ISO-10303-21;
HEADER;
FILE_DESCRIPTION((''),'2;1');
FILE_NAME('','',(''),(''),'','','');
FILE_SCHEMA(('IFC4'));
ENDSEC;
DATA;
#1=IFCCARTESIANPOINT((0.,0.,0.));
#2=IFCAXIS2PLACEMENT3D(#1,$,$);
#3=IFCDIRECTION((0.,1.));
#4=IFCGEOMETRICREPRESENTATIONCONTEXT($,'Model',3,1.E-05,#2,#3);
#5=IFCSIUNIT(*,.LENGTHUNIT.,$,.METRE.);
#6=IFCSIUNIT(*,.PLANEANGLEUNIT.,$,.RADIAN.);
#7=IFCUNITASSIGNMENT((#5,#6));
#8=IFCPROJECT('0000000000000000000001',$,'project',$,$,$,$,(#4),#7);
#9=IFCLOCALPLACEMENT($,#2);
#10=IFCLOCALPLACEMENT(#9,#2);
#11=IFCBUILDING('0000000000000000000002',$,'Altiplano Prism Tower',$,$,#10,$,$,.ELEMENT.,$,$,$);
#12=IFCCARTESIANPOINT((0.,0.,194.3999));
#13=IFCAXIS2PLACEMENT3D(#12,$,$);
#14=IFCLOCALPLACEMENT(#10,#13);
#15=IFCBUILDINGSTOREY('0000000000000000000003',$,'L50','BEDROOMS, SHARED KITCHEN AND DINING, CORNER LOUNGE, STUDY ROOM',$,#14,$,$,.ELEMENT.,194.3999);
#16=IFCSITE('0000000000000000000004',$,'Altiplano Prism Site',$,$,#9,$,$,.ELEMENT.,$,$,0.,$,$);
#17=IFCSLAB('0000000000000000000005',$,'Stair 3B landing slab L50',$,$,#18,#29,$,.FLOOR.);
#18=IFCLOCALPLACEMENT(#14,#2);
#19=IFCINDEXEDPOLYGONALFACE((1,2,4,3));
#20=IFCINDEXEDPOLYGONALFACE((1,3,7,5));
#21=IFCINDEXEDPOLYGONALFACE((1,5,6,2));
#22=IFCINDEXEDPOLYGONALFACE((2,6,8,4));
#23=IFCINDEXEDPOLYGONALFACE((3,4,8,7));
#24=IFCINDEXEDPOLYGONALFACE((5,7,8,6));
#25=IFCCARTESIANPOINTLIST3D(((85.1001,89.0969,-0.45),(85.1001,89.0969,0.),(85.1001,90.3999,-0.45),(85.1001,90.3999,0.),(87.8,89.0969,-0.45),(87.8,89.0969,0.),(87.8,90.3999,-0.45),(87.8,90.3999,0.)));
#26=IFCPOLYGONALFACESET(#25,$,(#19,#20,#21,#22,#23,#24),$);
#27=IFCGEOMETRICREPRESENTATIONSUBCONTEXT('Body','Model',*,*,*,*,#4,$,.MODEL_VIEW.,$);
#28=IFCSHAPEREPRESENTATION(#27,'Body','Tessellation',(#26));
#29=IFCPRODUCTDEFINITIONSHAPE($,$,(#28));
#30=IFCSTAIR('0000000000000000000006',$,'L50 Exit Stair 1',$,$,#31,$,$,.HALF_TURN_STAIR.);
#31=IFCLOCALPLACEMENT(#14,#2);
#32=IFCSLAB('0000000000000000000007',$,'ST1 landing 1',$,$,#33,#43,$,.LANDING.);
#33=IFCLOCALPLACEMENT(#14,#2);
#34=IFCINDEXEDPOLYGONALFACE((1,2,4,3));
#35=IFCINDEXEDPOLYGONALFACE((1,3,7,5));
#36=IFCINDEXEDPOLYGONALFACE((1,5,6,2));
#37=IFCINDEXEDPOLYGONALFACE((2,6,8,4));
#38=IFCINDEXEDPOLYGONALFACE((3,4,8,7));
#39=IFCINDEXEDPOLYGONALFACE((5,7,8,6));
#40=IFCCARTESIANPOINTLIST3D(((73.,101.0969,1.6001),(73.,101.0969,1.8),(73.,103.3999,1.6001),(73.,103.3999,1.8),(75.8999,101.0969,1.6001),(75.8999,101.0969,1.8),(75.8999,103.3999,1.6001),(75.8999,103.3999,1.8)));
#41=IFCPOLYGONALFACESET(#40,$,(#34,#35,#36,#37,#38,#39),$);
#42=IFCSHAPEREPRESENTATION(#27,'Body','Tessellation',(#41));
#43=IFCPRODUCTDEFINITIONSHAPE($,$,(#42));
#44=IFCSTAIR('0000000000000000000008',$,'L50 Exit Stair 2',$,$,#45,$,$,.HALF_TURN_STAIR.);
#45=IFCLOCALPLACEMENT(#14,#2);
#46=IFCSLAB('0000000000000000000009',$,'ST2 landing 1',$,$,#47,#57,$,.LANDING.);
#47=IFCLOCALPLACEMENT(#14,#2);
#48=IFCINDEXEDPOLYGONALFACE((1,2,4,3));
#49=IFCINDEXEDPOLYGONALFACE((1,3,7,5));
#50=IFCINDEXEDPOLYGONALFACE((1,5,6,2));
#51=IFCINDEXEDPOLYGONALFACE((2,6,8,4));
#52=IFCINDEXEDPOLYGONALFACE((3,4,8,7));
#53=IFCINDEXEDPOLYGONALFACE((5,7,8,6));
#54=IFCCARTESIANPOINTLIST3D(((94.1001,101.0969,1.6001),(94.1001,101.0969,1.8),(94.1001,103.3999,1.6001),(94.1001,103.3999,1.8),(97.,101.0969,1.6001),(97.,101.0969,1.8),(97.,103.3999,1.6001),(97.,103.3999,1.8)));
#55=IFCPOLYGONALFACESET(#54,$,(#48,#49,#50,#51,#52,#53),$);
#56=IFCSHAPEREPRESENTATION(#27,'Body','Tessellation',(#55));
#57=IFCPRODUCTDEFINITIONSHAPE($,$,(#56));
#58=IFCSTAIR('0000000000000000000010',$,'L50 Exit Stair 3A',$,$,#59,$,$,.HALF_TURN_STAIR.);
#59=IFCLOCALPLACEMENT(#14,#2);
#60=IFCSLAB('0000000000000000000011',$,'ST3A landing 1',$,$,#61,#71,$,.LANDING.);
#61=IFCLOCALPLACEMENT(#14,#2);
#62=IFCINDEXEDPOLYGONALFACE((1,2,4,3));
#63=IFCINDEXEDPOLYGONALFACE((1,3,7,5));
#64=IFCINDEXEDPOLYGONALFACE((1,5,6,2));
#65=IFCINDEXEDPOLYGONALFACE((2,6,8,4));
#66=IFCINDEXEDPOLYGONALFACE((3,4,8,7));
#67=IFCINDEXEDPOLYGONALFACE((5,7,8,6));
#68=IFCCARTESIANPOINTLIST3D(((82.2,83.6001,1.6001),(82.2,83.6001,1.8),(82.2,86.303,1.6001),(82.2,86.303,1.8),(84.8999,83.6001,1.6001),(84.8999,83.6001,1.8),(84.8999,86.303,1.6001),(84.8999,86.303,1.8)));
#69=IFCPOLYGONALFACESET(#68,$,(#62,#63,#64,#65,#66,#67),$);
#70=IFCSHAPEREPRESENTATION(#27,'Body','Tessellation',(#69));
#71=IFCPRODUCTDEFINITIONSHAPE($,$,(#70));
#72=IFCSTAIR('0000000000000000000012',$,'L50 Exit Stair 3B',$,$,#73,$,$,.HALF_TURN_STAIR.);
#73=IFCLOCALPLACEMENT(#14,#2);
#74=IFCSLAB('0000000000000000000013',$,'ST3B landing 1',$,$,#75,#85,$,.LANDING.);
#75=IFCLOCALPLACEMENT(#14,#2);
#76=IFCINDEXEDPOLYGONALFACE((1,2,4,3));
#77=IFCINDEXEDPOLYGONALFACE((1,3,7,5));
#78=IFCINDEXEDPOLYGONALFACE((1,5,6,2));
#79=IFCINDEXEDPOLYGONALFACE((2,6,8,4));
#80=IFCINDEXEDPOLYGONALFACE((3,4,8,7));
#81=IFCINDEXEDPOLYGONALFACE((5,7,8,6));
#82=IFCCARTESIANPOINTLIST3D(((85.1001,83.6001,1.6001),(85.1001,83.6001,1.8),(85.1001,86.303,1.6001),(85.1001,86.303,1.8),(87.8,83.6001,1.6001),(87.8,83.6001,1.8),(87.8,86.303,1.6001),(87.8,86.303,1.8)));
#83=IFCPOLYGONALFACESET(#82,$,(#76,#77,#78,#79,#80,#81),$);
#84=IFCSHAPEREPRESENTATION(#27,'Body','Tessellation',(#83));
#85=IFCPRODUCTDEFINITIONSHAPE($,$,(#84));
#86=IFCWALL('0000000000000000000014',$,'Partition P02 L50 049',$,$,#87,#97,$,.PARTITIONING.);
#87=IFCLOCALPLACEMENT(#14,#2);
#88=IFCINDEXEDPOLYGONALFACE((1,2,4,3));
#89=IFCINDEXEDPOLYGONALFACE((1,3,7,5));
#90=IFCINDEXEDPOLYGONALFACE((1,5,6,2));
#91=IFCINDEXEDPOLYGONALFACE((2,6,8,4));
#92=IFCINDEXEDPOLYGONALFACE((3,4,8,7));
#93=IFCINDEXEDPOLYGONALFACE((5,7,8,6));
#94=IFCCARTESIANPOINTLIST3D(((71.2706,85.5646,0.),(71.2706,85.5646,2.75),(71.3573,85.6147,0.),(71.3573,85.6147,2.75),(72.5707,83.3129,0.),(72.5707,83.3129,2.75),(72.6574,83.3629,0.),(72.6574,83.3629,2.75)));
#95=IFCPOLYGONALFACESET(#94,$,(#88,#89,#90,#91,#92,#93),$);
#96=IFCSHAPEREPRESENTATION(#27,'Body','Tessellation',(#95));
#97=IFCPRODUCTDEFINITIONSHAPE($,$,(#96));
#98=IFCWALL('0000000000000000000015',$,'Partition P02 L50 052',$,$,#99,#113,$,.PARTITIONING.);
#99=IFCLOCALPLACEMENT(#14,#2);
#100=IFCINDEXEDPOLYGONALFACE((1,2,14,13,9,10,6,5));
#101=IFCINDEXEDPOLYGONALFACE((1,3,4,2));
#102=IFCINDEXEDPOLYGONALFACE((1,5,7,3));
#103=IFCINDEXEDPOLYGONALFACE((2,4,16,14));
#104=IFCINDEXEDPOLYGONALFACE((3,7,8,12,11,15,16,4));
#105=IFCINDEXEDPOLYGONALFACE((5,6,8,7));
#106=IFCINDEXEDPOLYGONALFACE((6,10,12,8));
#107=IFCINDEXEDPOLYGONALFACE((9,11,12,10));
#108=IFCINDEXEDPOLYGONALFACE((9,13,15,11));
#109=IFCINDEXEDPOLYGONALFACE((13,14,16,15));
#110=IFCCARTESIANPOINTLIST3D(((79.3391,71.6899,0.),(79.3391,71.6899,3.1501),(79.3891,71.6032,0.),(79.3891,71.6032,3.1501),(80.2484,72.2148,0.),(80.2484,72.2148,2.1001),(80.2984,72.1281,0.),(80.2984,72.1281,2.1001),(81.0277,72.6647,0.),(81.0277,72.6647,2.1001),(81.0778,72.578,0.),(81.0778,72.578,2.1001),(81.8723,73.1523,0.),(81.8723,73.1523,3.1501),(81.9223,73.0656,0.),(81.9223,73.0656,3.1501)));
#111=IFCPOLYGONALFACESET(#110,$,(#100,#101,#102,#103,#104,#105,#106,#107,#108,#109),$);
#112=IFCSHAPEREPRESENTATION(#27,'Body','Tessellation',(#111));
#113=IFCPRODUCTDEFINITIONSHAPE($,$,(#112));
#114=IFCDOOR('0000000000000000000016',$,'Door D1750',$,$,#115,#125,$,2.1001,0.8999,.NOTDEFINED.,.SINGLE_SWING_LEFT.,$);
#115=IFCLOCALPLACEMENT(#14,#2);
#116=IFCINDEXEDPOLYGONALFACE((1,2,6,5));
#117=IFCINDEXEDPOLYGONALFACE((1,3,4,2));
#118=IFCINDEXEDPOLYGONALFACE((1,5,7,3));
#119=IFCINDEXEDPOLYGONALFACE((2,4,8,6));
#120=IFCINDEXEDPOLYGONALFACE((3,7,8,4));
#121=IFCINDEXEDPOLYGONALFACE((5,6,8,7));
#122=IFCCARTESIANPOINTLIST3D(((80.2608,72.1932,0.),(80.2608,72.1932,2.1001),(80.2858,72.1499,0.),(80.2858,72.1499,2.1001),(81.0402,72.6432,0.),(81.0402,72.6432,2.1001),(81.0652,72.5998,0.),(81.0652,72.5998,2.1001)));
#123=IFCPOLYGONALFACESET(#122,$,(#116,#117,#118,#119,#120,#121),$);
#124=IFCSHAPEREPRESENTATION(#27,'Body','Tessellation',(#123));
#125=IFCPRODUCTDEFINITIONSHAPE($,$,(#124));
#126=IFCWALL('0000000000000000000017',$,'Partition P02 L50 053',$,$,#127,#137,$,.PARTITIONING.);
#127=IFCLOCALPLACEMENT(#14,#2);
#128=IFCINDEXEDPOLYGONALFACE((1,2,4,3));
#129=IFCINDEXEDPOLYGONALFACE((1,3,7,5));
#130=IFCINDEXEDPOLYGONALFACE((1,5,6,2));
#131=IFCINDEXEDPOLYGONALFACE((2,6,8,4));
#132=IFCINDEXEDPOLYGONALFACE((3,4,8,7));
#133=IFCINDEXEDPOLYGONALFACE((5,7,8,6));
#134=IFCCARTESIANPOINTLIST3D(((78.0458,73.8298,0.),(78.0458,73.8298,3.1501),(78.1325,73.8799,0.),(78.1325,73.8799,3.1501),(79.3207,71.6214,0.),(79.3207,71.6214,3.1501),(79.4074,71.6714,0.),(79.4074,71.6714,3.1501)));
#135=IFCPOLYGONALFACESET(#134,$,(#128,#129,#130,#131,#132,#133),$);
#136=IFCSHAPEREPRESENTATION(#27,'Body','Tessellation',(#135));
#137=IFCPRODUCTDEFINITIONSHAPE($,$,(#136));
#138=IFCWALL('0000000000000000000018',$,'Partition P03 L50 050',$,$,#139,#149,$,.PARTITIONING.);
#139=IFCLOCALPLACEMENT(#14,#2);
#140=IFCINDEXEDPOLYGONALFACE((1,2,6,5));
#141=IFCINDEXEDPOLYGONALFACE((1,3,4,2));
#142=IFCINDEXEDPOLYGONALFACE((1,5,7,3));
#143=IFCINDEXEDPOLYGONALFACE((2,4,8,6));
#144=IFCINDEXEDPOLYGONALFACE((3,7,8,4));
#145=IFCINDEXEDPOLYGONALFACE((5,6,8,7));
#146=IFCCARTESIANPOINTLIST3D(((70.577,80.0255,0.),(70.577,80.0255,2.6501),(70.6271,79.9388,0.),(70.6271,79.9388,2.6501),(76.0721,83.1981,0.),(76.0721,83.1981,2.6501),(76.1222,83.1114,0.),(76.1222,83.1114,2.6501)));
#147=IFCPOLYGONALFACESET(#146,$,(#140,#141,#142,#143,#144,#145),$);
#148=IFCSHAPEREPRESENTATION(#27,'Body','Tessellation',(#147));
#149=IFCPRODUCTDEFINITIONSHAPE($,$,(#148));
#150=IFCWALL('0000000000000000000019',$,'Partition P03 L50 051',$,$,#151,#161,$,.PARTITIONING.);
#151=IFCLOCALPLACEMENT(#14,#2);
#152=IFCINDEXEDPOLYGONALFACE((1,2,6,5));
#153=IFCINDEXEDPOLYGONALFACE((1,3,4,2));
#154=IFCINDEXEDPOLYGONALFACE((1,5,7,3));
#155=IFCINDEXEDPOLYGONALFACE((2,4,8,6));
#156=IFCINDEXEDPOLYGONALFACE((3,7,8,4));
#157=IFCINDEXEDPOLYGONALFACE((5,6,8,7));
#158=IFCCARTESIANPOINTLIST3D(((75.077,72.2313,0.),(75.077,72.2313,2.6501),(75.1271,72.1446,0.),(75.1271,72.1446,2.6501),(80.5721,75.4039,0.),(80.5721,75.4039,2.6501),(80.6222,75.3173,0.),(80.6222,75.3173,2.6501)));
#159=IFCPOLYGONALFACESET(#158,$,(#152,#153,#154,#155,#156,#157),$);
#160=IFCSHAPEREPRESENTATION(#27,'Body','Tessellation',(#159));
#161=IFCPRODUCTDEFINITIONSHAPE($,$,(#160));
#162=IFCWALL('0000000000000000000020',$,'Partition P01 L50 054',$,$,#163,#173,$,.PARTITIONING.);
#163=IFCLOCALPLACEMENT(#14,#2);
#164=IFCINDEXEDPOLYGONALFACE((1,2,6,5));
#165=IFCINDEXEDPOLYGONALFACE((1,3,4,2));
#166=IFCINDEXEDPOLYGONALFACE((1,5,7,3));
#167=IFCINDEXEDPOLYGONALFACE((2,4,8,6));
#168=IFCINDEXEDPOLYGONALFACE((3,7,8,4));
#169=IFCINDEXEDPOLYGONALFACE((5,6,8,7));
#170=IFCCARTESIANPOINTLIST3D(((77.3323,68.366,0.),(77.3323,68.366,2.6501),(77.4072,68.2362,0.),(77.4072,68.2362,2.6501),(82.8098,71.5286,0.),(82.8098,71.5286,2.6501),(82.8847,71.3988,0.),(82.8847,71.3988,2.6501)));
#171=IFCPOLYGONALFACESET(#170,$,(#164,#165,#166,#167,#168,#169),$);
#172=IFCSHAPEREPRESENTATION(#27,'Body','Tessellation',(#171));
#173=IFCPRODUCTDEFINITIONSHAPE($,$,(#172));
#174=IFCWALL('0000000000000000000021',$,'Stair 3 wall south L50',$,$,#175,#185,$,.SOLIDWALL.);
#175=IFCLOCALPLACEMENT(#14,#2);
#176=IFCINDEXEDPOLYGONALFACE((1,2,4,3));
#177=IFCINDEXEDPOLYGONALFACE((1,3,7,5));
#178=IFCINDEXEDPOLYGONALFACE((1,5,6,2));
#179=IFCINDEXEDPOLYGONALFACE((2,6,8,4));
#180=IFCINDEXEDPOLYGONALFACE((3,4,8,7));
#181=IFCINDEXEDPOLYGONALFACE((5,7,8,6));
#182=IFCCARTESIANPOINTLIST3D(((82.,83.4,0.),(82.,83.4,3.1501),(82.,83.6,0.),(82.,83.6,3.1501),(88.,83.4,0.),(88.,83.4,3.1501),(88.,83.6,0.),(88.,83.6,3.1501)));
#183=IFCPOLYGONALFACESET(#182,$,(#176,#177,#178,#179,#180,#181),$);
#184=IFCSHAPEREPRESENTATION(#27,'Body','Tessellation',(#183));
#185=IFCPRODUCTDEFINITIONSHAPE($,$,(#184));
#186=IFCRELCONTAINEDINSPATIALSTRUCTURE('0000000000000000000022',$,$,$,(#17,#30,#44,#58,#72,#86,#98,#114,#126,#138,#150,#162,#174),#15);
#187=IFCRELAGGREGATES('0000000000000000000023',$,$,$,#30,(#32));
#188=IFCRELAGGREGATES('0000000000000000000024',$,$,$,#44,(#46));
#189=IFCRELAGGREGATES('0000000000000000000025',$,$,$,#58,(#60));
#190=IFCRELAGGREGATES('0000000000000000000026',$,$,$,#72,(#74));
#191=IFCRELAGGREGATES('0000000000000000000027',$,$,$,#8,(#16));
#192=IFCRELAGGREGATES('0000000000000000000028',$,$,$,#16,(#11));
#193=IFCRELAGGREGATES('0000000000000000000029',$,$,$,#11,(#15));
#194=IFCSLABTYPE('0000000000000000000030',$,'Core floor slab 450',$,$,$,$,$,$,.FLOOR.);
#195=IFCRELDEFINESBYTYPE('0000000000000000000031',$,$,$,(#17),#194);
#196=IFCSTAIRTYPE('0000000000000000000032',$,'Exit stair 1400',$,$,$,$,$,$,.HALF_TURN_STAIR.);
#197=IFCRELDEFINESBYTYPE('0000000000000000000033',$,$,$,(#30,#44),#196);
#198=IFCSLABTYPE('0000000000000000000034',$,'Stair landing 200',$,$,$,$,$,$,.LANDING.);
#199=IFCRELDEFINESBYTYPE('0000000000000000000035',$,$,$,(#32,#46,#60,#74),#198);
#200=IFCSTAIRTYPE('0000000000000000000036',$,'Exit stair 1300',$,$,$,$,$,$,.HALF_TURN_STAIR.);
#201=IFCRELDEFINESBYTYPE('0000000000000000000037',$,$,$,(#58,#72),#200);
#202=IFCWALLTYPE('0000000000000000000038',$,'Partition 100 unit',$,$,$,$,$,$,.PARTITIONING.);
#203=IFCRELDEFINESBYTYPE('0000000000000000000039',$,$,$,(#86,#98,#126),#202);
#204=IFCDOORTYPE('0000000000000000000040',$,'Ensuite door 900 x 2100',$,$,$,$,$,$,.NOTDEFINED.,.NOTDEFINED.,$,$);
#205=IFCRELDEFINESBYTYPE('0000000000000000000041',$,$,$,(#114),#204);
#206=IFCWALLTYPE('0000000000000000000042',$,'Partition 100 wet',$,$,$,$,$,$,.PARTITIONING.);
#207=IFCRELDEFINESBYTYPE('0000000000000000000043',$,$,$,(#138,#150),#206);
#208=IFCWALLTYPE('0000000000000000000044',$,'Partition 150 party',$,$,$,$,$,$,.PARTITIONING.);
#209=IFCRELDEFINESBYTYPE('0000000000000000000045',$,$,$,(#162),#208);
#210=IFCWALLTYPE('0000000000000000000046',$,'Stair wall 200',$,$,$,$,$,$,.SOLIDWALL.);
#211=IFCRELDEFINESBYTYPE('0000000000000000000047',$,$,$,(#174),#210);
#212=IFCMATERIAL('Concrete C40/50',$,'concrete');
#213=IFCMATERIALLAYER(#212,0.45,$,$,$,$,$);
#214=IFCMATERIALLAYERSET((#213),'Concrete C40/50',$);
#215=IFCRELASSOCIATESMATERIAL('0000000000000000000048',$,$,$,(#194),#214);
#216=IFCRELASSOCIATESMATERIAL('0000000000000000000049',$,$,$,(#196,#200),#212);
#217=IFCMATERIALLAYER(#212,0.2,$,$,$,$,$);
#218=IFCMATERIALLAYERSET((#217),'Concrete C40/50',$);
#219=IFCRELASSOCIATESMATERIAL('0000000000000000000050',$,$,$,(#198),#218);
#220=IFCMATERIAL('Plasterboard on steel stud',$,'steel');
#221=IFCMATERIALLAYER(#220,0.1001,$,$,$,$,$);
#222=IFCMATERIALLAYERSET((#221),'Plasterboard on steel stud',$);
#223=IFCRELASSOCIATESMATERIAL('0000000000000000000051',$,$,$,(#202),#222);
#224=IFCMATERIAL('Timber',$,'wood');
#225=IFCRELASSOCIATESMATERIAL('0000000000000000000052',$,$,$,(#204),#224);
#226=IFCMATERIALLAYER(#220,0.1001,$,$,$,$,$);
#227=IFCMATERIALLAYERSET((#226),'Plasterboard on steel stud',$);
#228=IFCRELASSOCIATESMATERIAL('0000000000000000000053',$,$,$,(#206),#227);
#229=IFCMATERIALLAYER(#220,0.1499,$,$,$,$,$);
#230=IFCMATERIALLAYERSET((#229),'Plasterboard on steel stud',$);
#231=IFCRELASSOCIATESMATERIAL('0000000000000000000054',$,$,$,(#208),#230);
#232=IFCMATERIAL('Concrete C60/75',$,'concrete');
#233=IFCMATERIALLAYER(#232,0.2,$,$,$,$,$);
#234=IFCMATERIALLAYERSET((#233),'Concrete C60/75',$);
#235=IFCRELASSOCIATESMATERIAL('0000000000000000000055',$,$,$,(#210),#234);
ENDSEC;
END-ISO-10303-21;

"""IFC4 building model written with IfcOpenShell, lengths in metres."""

from ifc_helpers import new_model, si_unit, direction, frame, frame_2d, origin, place, context, subcontext, project, spatial, polyline, rectangle, outline, extrude, material, layer, layer_set, type_object, element, fill, aggregate, save


model = new_model("IFC4")

# Units and contexts
model_context = context("Model", 3, precision=1e-05, world=origin(), true_north=direction((0.0, 1.0)))
body_context = subcontext(model_context, "Body", "Model", "MODEL_VIEW")
ifc_project = project(units=[si_unit("LENGTHUNIT", "METRE"), si_unit("PLANEANGLEUNIT", "RADIAN")], contexts=[model_context])

# Site, building, storey
site_placement = place(None, origin())
site = spatial("IfcSite", under=ifc_project, at=site_placement, Name="Altiplano Prism Site", CompositionType="ELEMENT", RefElevation=0.0)
building_placement = place(site_placement, origin())
building = spatial("IfcBuilding", under=site, at=building_placement, Name="Altiplano Prism Tower", CompositionType="ELEMENT")
storey_placement = place(building_placement, frame((0.0, 0.0, 194.3999)))
storey = spatial("IfcBuildingStorey", under=building, at=storey_placement, Name="L50", Description="BEDROOMS, SHARED KITCHEN AND DINING, CORNER LOUNGE, STUDY ROOM", CompositionType="ELEMENT", Elevation=194.3999)

# Shared definitions
ifc_material_1 = material(Name="Concrete C60/75", Category="concrete")

# Slab
ifc_material_2 = material(Name="Concrete C40/50", Category="concrete")
ifc_layer_1 = layer(ifc_material_2, 0.45)
ifc_layer_set_1 = layer_set([ifc_layer_1], Name="Concrete C40/50")
slab_type_1 = type_object("IfcSlabType", Name="Core floor slab 450", PredefinedType="FLOOR", material=ifc_layer_set_1)
slab_1_placement = place(storey_placement, frame((0.0, 0.0, -0.45)))
element("IfcSlab", 1, at=slab_1_placement, inside=storey, type_object=slab_type_1, Name="Stair 3B landing slab L50", PredefinedType="FLOOR", context=body_context, shape_type="SweptSolid", body=[
    extrude(outline(polyline([(85.1001, 89.0969), (87.8, 89.0969), (87.8, 90.3999), (85.1001, 90.3999), (85.1001, 89.0969)])), origin(), (0.0, 0.0, 1.0), 0.45),
])

# Stairs, slabs
stair_type_1 = type_object("IfcStairType", Name="Exit stair 1400", PredefinedType="HALF_TURN_STAIR", material=ifc_material_2)
stair_1_placement = place(storey_placement, origin())
stair_1 = element("IfcStair", 2, at=stair_1_placement, inside=storey, type_object=stair_type_1, Name="L50 Exit Stair 1", PredefinedType="HALF_TURN_STAIR")
ifc_layer_2 = layer(ifc_material_2, 0.2)
ifc_layer_set_2 = layer_set([ifc_layer_2], Name="Concrete C40/50")
slab_type_2 = type_object("IfcSlabType", Name="Stair landing 200", PredefinedType="LANDING", material=ifc_layer_set_2)
slab_2_placement = place(storey_placement, frame((0.0, 0.0, 1.6001)))
slab_2 = element("IfcSlab", 3, at=slab_2_placement, type_object=slab_type_2, Name="ST1 landing 1", PredefinedType="LANDING", context=body_context, shape_type="SweptSolid", body=[
    extrude(outline(polyline([(75.8999, 101.0969), (75.8999, 103.3999), (73.0, 103.3999), (73.0, 101.0969), (75.8999, 101.0969)])), origin(), (0.0, 0.0, 1.0), 0.2),
])
aggregate(stair_1, [slab_2])
stair_2_placement = place(storey_placement, origin())
stair_2 = element("IfcStair", 4, at=stair_2_placement, inside=storey, type_object=stair_type_1, Name="L50 Exit Stair 2", PredefinedType="HALF_TURN_STAIR")
slab_3_placement = place(storey_placement, frame((0.0, 0.0, 1.6001)))
slab_3 = element("IfcSlab", 5, at=slab_3_placement, type_object=slab_type_2, Name="ST2 landing 1", PredefinedType="LANDING", context=body_context, shape_type="SweptSolid", body=[
    extrude(outline(polyline([(97.0, 101.0969), (97.0, 103.3999), (94.1001, 103.3999), (94.1001, 101.0969), (97.0, 101.0969)])), origin(), (0.0, 0.0, 1.0), 0.2),
])
aggregate(stair_2, [slab_3])
stair_type_2 = type_object("IfcStairType", Name="Exit stair 1300", PredefinedType="HALF_TURN_STAIR", material=ifc_material_2)
stair_3_placement = place(storey_placement, origin())
stair_3 = element("IfcStair", 6, at=stair_3_placement, inside=storey, type_object=stair_type_2, Name="L50 Exit Stair 3A", PredefinedType="HALF_TURN_STAIR")
slab_4_placement = place(storey_placement, frame((0.0, 0.0, 1.6001)))
slab_4 = element("IfcSlab", 7, at=slab_4_placement, type_object=slab_type_2, Name="ST3A landing 1", PredefinedType="LANDING", context=body_context, shape_type="SweptSolid", body=[
    extrude(outline(polyline([(82.2, 86.303), (82.2, 83.6001), (84.8999, 83.6001), (84.8999, 86.303), (82.2, 86.303)])), origin(), (0.0, 0.0, 1.0), 0.2),
])
aggregate(stair_3, [slab_4])
stair_4_placement = place(storey_placement, origin())
stair_4 = element("IfcStair", 8, at=stair_4_placement, inside=storey, type_object=stair_type_2, Name="L50 Exit Stair 3B", PredefinedType="HALF_TURN_STAIR")
slab_5_placement = place(storey_placement, frame((0.0, 0.0, 1.6001)))
slab_5 = element("IfcSlab", 9, at=slab_5_placement, type_object=slab_type_2, Name="ST3B landing 1", PredefinedType="LANDING", context=body_context, shape_type="SweptSolid", body=[
    extrude(outline(polyline([(85.1001, 86.303), (85.1001, 83.6001), (87.8, 83.6001), (87.8, 86.303), (85.1001, 86.303)])), origin(), (0.0, 0.0, 1.0), 0.2),
])
aggregate(stair_4, [slab_5])

# Wall
ifc_material_3 = material(Name="Plasterboard on steel stud", Category="steel")
ifc_layer_3 = layer(ifc_material_3, 0.1001)
ifc_layer_set_3 = layer_set([ifc_layer_3], Name="Plasterboard on steel stud")
wall_type_1 = type_object("IfcWallType", Name="Partition 100 unit", PredefinedType="PARTITIONING", material=ifc_layer_set_3)
wall_1_placement = place(storey_placement, frame((72.614, 83.3379, 0.0), z_axis=(0.0, 0.0, 1.0), x_axis=(-0.500007, 0.866021, 0.0)))
element("IfcWall", 10, at=wall_1_placement, inside=storey, type_object=wall_type_1, Name="Partition P02 L50 049", PredefinedType="PARTITIONING", context=body_context, shape_type="SweptSolid", body=[
    extrude(rectangle(XDim=2.6001, YDim=0.1001, at=frame_2d((1.3, 0.0))), origin(), (0.0, 0.0, 1.0), 2.75),
])

# Wall, opening, door
wall_2_placement = place(storey_placement, frame((81.8972, 73.1089, 0.0), z_axis=(0.0, 0.0, 1.0), x_axis=(-0.866047, -0.499963, 0.0)))
wall_2 = element("IfcWall", 11, at=wall_2_placement, inside=storey, type_object=wall_type_1, Name="Partition P02 L50 052", PredefinedType="PARTITIONING", context=body_context, shape_type="SweptSolid", body=[
    extrude(rectangle(XDim=2.925, YDim=0.1001, at=frame_2d((1.4624, 0.0))), origin(), (0.0, 0.0, 1.0), 3.1501),
])
opening_placement = place(wall_2_placement, frame((0.9751, 0.0, 0.0)))
opening = element("IfcOpeningElement", 12, at=opening_placement, cuts=wall_2, PredefinedType="OPENING", context=body_context, shape_type="SweptSolid", body=[
    extrude(rectangle(XDim=0.8999, YDim=2.1001, at=frame_2d((0.45, 1.05))), frame((0.0, 0.0605, 0.0), z_axis=(0.0, -1.0, 0.0), x_axis=(1.0, 0.0, 0.0)), (0.0, 0.0, 1.0), 0.1211),
])
ifc_material_4 = material(Name="Timber", Category="wood")
door_type = type_object("IfcDoorType", Name="Ensuite door 900 x 2100", OperationType="NOTDEFINED", PredefinedType="NOTDEFINED", material=ifc_material_4)
door_placement = place(opening_placement, origin())
door = element("IfcDoor", 13, at=door_placement, inside=storey, type_object=door_type, Name="Door D1750", OperationType="SINGLE_SWING_LEFT", OverallHeight=2.1001, OverallWidth=0.8999, PredefinedType="NOTDEFINED", context=body_context, shape_type="SweptSolid", body=[
    extrude(rectangle(XDim=0.8999, YDim=2.1001, at=frame_2d((0.45, 1.05))), frame((0.0, 0.0249, 0.0), z_axis=(0.0, -1.0, 0.0), x_axis=(1.0, 0.0, 0.0)), (0.0, 0.0, 1.0), 0.05),
])
fill(opening, door)

# Walls
wall_3_placement = place(storey_placement, frame((79.364, 71.6465, 0.0), z_axis=(0.0, 0.0, 1.0), x_axis=(-0.499949, 0.866055, 0.0)))
element("IfcWall", 14, at=wall_3_placement, inside=storey, type_object=wall_type_1, Name="Partition P02 L50 053", PredefinedType="PARTITIONING", context=body_context, shape_type="SweptSolid", body=[
    extrude(rectangle(XDim=2.55, YDim=0.1001, at=frame_2d((1.2749, 0.0))), origin(), (0.0, 0.0, 1.0), 3.1501),
])
ifc_layer_4 = layer(ifc_material_3, 0.1001)
ifc_layer_set_4 = layer_set([ifc_layer_4], Name="Plasterboard on steel stud")
wall_type_2 = type_object("IfcWallType", Name="Partition 100 wet", PredefinedType="PARTITIONING", material=ifc_layer_set_4)
for number, where, z_axis, x_axis, name in (
    (15, (70.6021, 79.9822, 0.0), (0.0, 0.0, 1.0), (0.866025, 0.5, 0.0), "Partition P03 L50 050"),
    (16, (75.1021, 72.188, 0.0), (0.0, 0.0, 1.0), (0.866025, 0.5, 0.0), "Partition P03 L50 051"),
):
    element("IfcWall", number, at=place(storey_placement, frame(where, z_axis=z_axis, x_axis=x_axis)), inside=storey, type_object=wall_type_2, Name=name, PredefinedType="PARTITIONING", context=body_context, shape_type="SweptSolid", body=[
        extrude(rectangle(XDim=6.3452, YDim=0.1001, at=frame_2d((3.1726, 0.0))), origin(), (0.0, 0.0, 1.0), 2.6501),
    ])
ifc_layer_5 = layer(ifc_material_3, 0.1499)
ifc_layer_set_5 = layer_set([ifc_layer_5], Name="Plasterboard on steel stud")
wall_type_3 = type_object("IfcWallType", Name="Partition 150 party", PredefinedType="PARTITIONING", material=ifc_layer_set_5)
wall_4_placement = place(storey_placement, frame((77.3696, 68.301, 0.0), z_axis=(0.0, 0.0, 1.0), x_axis=(0.866016, 0.500016, 0.0)))
element("IfcWall", 17, at=wall_4_placement, inside=storey, type_object=wall_type_3, Name="Partition P01 L50 054", PredefinedType="PARTITIONING", context=body_context, shape_type="SweptSolid", body=[
    extrude(rectangle(XDim=6.325, YDim=0.1499, at=frame_2d((3.1626, 0.0))), origin(), (0.0, 0.0, 1.0), 2.6501),
])
ifc_layer_6 = layer(ifc_material_1, 0.2)
ifc_layer_set_6 = layer_set([ifc_layer_6], Name="Concrete C60/75")
wall_type_4 = type_object("IfcWallType", Name="Stair wall 200", PredefinedType="SOLIDWALL", material=ifc_layer_set_6)
wall_5_placement = place(storey_placement, frame((82.0, 83.5, 0.0), z_axis=(0.0, 0.0, 1.0), x_axis=(1.0, 0.0, 0.0)))
element("IfcWall", 18, at=wall_5_placement, inside=storey, type_object=wall_type_4, Name="Stair 3 wall south L50", PredefinedType="SOLIDWALL", context=body_context, shape_type="SweptSolid", body=[
    extrude(rectangle(XDim=6.0, YDim=0.2, at=frame_2d((3.0, 0.0))), origin(), (0.0, 0.0, 1.0), 3.1501),
])

save(model, "model.ifc")
